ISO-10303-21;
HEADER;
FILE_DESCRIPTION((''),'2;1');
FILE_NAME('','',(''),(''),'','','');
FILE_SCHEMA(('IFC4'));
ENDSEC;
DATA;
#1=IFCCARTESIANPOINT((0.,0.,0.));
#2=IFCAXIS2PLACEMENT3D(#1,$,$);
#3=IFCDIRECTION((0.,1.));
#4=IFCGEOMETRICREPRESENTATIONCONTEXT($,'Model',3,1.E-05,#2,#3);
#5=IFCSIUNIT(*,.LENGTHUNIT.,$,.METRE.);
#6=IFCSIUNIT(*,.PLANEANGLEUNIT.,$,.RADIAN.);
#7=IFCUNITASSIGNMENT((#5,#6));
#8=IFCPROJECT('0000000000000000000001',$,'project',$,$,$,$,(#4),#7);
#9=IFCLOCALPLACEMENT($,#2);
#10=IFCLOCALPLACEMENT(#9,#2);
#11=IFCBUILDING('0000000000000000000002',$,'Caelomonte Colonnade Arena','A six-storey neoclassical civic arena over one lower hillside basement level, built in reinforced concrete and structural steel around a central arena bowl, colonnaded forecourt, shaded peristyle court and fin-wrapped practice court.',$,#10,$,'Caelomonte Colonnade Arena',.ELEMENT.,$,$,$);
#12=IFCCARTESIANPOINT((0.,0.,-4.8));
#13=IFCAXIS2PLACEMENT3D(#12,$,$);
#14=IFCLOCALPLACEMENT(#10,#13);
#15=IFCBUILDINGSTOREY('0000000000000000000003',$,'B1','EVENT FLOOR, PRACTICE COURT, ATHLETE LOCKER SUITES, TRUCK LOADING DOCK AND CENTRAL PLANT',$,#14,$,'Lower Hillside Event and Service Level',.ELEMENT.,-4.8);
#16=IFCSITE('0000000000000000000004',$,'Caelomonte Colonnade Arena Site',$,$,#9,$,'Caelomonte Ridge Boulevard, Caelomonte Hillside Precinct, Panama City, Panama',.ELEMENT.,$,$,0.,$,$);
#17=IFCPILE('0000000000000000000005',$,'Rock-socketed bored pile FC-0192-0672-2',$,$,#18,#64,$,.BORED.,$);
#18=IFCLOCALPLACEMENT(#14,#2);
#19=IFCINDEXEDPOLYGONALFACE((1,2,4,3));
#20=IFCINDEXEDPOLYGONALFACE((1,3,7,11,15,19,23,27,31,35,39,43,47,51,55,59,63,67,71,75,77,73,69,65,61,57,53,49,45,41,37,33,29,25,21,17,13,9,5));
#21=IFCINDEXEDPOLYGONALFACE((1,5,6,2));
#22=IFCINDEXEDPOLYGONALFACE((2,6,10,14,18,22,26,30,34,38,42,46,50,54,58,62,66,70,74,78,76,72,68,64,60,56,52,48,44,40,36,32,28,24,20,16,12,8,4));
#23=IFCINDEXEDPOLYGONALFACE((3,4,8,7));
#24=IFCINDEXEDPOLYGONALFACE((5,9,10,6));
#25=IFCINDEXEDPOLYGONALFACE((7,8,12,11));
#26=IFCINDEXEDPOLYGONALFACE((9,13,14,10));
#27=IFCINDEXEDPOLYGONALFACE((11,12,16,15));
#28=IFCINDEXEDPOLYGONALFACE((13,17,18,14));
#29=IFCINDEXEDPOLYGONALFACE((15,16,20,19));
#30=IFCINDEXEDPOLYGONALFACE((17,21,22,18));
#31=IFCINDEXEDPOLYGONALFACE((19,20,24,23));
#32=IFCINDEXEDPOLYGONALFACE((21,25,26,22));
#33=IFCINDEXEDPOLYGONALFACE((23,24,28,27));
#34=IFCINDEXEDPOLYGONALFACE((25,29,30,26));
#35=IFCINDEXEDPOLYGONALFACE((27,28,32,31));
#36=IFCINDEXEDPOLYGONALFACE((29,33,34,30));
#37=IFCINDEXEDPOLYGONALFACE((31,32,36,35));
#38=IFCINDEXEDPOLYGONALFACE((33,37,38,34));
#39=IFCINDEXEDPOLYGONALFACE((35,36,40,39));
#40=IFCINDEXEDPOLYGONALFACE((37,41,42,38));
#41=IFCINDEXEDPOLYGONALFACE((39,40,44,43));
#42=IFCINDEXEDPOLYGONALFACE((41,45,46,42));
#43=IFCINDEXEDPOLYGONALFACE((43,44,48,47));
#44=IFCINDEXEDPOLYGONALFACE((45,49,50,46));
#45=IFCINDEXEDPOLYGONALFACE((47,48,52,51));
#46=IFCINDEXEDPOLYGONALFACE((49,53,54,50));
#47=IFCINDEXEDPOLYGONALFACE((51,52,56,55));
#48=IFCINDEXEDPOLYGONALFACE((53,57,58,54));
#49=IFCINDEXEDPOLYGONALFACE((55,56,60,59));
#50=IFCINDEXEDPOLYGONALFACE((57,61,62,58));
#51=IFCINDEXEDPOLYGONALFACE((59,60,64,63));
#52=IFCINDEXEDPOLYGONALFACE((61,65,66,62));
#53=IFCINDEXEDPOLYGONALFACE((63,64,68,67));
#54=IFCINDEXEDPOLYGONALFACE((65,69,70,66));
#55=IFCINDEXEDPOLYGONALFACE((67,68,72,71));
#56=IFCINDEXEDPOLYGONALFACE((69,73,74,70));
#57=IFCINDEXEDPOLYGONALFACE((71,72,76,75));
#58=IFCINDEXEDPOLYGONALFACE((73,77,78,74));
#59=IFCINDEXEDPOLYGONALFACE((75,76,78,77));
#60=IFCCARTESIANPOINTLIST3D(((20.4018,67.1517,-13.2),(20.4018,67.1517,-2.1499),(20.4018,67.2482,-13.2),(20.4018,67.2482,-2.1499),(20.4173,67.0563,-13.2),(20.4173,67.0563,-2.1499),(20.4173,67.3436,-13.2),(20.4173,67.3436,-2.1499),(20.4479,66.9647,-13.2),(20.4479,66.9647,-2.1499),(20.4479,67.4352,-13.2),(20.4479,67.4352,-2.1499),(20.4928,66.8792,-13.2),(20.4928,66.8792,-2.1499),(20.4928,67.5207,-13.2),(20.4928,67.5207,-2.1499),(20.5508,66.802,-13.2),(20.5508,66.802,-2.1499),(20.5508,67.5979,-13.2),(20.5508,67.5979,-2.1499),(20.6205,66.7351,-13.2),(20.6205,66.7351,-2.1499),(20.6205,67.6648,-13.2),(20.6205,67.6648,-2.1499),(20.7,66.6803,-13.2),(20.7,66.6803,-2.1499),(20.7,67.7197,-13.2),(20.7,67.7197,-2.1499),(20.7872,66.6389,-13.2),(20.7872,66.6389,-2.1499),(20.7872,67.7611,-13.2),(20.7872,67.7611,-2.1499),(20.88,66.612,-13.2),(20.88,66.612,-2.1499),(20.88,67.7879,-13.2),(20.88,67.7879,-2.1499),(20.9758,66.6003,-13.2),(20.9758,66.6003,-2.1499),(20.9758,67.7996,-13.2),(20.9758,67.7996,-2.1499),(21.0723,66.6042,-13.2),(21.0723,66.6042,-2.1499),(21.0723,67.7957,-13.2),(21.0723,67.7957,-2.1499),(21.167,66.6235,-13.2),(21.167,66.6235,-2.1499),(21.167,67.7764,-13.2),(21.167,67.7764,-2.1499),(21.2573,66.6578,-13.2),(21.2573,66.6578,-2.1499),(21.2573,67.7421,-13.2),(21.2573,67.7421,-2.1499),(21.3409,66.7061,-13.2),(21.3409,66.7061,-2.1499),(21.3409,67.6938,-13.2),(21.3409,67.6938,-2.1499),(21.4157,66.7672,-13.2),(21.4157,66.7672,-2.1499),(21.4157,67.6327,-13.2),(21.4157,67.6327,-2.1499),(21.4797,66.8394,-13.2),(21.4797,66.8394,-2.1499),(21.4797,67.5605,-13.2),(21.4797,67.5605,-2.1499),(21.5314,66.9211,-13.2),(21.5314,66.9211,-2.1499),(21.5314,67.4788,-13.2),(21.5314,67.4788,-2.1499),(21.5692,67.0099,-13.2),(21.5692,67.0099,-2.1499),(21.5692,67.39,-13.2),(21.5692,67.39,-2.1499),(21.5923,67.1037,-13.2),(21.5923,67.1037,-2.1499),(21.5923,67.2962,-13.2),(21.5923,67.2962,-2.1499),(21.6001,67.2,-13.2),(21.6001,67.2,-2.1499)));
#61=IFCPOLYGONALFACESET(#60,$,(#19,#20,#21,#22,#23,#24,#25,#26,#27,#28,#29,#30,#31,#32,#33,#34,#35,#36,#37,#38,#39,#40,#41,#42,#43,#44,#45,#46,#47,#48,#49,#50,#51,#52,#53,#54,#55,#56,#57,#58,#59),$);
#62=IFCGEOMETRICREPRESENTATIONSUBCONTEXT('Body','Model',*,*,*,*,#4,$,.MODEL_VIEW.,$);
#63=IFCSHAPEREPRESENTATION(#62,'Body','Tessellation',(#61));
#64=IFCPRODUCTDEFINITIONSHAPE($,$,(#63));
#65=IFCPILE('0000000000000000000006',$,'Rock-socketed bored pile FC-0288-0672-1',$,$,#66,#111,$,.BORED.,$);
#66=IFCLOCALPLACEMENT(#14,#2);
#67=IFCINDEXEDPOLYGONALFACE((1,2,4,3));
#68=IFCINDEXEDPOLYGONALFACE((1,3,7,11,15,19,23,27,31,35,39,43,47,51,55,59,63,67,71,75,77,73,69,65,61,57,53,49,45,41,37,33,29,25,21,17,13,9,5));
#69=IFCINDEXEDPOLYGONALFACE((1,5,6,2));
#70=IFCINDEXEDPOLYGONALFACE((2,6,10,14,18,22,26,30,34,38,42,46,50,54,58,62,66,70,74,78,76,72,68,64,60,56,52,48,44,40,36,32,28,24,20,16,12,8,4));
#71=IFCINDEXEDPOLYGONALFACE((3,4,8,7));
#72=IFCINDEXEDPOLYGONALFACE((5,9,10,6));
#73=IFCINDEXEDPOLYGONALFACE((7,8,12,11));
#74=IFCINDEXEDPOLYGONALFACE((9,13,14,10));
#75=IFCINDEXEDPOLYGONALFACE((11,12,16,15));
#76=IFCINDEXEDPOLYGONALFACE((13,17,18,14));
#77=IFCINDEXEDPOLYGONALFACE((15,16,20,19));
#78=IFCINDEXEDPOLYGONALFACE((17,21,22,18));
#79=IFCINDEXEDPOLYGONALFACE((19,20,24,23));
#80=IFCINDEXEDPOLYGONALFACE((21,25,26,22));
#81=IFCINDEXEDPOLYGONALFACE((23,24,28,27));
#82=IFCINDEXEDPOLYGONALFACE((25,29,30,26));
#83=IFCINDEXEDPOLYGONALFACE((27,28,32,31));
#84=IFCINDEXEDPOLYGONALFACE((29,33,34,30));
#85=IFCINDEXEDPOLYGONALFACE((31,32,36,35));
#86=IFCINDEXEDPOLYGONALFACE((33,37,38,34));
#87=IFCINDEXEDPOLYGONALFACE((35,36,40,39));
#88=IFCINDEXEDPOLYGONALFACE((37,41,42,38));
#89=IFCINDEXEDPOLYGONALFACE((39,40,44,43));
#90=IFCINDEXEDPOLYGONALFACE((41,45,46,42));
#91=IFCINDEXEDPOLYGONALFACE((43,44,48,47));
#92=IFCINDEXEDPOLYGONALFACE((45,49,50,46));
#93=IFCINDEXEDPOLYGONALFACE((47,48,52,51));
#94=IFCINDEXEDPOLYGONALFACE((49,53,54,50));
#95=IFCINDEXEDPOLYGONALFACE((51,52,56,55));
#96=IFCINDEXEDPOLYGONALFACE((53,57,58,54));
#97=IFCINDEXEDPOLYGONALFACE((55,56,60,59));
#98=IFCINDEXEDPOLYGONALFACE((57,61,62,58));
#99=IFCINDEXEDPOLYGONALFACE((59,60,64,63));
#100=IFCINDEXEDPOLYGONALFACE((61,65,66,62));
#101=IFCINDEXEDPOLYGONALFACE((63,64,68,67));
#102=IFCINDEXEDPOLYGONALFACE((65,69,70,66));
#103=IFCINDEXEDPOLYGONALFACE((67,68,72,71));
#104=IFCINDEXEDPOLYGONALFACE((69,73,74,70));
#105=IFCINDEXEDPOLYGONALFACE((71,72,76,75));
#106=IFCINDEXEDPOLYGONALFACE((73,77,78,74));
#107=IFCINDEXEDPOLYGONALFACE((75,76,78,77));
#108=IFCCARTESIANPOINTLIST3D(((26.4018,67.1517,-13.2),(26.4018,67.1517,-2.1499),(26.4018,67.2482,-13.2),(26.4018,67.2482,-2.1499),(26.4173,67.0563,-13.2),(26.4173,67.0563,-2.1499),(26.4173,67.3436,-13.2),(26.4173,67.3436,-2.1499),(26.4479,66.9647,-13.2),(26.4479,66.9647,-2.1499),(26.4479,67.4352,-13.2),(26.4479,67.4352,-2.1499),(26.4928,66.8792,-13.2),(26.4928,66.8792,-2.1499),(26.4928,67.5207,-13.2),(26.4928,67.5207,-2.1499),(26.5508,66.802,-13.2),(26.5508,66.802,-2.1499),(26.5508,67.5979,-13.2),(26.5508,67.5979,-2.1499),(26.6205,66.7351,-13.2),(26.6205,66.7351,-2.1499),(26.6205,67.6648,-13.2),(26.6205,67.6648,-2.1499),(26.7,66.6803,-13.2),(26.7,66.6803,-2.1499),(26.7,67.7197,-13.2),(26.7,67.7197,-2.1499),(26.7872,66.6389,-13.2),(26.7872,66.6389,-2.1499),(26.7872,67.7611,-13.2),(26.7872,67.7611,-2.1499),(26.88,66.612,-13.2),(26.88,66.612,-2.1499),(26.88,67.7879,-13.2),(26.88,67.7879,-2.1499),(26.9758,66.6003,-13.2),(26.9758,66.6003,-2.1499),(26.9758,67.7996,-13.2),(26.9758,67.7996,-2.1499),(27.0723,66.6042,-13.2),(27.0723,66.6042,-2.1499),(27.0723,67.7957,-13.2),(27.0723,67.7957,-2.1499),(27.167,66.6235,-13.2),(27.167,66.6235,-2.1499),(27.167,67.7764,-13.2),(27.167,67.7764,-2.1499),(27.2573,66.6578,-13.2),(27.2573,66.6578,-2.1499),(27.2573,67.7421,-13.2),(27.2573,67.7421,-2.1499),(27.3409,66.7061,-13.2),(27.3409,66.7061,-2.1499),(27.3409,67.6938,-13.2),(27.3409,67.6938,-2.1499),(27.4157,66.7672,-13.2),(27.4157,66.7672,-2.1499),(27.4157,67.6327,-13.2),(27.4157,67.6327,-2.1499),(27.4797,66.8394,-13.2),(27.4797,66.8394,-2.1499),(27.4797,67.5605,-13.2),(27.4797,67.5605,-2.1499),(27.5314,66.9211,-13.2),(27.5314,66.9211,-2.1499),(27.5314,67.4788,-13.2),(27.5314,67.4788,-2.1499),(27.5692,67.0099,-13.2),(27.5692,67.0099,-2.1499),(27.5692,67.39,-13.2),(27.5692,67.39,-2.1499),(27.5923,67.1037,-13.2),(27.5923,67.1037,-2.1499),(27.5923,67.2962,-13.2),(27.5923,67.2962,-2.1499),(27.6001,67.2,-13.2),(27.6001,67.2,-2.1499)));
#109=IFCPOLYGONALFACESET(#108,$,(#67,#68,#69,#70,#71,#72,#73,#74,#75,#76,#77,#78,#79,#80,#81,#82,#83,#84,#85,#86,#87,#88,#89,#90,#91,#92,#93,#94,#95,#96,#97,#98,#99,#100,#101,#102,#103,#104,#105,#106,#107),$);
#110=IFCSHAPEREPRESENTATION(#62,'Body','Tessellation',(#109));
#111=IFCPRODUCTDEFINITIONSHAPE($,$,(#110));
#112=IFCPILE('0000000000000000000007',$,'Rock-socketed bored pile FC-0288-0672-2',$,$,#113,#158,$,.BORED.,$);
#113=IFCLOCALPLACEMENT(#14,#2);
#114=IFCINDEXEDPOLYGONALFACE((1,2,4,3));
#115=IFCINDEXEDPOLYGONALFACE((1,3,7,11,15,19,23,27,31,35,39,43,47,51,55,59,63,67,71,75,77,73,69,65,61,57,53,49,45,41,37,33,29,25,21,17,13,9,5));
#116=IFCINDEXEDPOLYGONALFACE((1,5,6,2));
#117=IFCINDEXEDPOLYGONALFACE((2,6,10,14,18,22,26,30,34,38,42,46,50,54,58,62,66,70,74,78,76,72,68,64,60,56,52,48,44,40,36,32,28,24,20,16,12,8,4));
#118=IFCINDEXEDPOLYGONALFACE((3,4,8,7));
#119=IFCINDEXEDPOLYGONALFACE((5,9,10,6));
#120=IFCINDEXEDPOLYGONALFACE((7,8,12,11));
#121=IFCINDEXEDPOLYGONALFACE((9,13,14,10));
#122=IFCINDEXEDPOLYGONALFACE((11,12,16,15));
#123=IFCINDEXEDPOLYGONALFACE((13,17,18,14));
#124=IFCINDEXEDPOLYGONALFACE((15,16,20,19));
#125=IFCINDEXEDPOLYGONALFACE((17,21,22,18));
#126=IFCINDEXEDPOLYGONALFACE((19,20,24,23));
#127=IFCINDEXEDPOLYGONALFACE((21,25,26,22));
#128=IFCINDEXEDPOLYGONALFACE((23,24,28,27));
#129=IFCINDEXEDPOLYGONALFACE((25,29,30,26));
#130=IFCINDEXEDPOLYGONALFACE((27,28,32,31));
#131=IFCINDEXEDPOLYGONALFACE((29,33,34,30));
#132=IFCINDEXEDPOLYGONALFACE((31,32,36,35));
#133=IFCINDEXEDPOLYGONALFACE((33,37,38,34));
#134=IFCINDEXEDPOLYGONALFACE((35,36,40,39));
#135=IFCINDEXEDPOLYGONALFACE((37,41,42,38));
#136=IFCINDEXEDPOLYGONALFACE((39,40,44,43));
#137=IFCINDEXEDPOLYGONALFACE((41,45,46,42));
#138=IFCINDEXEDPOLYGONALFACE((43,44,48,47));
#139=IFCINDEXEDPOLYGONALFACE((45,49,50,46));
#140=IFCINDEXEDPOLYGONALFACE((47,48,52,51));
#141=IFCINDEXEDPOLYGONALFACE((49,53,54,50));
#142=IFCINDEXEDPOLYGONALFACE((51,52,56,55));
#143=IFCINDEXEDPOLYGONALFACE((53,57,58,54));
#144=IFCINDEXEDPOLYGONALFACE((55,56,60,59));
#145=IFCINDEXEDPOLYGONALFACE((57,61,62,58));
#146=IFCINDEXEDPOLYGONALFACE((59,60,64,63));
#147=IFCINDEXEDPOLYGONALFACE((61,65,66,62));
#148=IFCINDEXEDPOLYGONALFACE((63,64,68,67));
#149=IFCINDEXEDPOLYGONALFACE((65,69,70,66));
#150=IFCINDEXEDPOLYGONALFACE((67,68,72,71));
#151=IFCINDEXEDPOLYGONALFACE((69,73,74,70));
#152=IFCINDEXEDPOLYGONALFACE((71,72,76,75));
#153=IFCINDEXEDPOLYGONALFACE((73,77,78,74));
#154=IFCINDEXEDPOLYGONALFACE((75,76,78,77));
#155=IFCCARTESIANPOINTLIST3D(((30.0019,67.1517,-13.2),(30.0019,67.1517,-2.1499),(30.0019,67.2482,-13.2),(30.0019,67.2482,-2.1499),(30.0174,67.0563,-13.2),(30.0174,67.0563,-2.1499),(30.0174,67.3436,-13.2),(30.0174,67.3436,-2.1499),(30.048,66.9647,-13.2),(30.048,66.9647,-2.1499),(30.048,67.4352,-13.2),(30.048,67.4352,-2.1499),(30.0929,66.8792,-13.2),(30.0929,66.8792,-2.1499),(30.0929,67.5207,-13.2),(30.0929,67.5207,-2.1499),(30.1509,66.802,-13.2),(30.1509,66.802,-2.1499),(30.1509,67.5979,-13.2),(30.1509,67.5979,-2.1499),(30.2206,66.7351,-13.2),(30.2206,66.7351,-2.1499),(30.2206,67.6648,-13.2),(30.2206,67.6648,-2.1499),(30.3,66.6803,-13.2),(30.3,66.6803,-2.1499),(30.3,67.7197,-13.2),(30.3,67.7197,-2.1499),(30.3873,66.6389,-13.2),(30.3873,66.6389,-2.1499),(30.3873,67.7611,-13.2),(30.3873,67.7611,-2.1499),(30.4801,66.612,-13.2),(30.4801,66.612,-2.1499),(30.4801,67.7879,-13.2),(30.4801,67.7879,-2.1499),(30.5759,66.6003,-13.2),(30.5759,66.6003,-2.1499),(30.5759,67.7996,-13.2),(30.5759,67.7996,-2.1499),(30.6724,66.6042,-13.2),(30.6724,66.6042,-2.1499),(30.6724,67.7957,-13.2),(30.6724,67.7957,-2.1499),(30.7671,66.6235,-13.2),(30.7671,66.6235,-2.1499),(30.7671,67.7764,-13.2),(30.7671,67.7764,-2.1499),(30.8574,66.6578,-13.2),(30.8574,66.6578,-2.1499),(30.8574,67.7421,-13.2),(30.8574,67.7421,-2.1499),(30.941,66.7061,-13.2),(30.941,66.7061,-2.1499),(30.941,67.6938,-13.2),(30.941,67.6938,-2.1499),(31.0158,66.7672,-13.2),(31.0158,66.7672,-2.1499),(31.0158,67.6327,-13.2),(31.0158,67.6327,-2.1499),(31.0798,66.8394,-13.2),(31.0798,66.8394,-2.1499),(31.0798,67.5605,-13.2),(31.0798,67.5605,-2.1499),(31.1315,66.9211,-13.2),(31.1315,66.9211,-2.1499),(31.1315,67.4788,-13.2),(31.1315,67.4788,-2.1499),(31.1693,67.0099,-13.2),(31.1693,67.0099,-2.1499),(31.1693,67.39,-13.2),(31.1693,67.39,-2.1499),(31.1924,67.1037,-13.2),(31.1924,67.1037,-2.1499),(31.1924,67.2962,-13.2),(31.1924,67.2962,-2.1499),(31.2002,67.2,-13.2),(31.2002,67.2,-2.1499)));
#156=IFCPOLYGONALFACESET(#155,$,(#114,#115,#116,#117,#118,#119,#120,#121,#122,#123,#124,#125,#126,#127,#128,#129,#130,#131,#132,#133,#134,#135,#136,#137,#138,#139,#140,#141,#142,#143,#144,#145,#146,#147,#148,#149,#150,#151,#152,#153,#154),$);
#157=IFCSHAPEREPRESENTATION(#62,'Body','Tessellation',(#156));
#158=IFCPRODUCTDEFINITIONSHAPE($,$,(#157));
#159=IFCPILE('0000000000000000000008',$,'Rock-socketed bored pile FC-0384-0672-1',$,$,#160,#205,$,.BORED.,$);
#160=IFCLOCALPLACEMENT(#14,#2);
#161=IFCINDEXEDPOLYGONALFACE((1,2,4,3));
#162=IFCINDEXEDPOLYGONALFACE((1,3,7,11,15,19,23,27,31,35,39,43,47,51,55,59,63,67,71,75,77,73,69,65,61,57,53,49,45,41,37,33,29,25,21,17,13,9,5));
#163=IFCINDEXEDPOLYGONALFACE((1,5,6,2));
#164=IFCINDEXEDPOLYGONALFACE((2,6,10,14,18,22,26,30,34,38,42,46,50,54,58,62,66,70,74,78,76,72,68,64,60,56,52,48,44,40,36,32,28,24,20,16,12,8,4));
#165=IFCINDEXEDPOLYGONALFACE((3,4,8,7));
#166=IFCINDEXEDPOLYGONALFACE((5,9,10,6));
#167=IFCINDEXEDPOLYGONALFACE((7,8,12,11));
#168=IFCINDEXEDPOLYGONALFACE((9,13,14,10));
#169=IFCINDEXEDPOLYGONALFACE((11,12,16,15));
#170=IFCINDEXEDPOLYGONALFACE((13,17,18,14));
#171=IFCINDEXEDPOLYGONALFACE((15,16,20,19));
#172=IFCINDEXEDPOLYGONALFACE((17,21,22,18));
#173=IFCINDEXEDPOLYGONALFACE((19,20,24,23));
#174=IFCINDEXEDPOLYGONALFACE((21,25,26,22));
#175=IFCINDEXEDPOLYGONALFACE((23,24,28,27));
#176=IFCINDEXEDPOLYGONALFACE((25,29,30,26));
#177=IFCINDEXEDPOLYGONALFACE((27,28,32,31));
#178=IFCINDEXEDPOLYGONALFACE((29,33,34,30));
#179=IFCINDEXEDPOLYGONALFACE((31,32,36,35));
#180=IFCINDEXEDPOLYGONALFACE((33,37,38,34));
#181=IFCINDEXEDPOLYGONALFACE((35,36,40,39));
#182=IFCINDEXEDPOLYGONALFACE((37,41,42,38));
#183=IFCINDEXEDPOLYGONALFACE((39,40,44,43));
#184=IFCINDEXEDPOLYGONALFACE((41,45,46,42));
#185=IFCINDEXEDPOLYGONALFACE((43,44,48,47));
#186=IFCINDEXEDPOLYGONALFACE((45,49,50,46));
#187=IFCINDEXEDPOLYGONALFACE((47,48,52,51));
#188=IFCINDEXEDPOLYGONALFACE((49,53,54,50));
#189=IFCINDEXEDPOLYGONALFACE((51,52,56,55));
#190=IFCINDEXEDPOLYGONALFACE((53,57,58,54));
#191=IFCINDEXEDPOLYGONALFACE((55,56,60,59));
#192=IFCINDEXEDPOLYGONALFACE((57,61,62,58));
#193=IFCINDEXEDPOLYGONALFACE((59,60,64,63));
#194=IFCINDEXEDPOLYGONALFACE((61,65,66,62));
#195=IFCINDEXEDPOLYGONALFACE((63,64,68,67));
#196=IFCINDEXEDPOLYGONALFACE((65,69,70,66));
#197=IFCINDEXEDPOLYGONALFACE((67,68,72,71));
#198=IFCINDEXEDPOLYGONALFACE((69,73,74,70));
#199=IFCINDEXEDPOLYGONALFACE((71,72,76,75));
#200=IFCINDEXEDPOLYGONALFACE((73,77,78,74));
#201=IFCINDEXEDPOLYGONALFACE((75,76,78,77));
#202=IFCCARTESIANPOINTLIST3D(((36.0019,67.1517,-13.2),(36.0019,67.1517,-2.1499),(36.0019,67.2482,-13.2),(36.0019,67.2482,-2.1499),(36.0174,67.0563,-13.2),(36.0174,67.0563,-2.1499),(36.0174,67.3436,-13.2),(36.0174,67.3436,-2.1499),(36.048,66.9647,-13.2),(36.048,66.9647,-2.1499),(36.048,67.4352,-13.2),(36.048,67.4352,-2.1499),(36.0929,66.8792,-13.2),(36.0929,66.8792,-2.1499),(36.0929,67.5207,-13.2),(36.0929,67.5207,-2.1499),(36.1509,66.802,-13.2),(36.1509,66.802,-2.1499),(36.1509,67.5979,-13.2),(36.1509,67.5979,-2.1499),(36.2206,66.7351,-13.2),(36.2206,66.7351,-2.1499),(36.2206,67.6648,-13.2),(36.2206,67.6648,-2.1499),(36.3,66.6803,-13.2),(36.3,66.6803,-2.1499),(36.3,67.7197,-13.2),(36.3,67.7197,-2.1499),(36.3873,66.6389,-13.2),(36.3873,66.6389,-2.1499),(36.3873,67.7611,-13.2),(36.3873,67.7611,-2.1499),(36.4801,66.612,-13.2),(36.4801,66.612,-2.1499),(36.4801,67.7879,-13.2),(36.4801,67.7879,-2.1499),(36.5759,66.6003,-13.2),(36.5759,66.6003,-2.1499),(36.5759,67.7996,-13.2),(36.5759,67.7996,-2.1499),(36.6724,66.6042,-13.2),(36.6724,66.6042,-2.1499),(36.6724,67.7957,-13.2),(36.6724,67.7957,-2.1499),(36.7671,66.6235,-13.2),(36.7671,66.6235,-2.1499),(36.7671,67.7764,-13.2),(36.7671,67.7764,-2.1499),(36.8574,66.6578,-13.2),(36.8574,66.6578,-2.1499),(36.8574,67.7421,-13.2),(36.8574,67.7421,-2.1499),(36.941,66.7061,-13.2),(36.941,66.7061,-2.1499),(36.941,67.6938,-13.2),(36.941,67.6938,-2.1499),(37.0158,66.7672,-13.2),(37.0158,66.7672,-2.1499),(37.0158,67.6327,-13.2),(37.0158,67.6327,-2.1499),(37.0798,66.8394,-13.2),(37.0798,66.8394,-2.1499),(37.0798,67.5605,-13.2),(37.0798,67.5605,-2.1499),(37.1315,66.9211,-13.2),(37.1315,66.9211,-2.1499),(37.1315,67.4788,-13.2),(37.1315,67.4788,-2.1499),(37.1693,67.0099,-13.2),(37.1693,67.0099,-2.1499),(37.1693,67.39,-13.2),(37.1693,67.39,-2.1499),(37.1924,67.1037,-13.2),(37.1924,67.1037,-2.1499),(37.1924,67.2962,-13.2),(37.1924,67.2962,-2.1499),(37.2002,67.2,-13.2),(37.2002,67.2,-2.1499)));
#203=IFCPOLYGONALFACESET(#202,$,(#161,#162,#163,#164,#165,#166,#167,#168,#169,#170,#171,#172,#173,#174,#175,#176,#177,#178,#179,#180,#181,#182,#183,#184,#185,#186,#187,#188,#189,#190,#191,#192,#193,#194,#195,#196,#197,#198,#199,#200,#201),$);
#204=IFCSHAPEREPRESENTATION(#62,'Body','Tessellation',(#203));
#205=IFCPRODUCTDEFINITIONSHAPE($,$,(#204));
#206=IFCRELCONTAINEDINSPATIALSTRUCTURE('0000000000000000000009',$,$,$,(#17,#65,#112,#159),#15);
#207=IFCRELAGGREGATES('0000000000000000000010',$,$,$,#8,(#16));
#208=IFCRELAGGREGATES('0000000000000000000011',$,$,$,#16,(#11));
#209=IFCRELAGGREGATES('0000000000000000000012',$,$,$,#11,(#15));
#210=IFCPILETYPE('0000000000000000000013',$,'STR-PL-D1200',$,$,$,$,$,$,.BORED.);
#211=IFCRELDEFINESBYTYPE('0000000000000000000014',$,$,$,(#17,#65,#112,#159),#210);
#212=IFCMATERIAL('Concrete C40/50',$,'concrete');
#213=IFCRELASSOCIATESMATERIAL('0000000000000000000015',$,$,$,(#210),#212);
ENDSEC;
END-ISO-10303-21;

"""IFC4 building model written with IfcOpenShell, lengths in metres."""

from ifc_helpers import new_model, si_unit, direction, frame, origin, origin_2d, place, context, subcontext, project, spatial, circle, extrude, material, material_profile, profile_set, type_object, element, save


model = new_model("IFC4")

# Units and contexts
model_context = context("Model", 3, precision=1e-05, world=origin(), true_north=direction((0.0, 1.0)))
body_context = subcontext(model_context, "Body", "Model", "MODEL_VIEW")
ifc_project = project(units=[si_unit("LENGTHUNIT", "METRE"), si_unit("PLANEANGLEUNIT", "RADIAN")], contexts=[model_context])

# Site, building, storey
site_placement = place(None, origin())
site = spatial("IfcSite", under=ifc_project, at=site_placement, Name="Caelomonte Colonnade Arena Site", LongName="Caelomonte Ridge Boulevard, Caelomonte Hillside Precinct, Panama City, Panama", CompositionType="ELEMENT", RefElevation=0.0)
building_placement = place(site_placement, origin())
building = spatial("IfcBuilding", under=site, at=building_placement, Name="Caelomonte Colonnade Arena", Description="A six-storey neoclassical civic arena over one lower hillside basement level, built in reinforced concrete and structural steel around a central arena bowl, colonnaded forecourt, shaded peristyle court and fin-wrapped practice court.", LongName="Caelomonte Colonnade Arena", CompositionType="ELEMENT")
storey_placement = place(building_placement, frame((0.0, 0.0, -4.8)))
storey = spatial("IfcBuildingStorey", under=building, at=storey_placement, Name="B1", Description="EVENT FLOOR, PRACTICE COURT, ATHLETE LOCKER SUITES, TRUCK LOADING DOCK AND CENTRAL PLANT", LongName="Lower Hillside Event and Service Level", CompositionType="ELEMENT", Elevation=-4.8)

# Shared definitions
ifc_material_1 = material(Name="Concrete C40/50", Category="concrete")

# Piles
ifc_material_profile_1 = material_profile(ifc_material_1, circle(Radius=0.6001, at=origin_2d()), Name="PILE-D1200")
ifc_profile_set_1 = profile_set([ifc_material_profile_1], Name="Concrete C40/50")
pile_type_1 = type_object("IfcPileType", Name="STR-PL-D1200", PredefinedType="BORED", material=ifc_profile_set_1)
for number, where, z_axis, x_axis, name in (
    (1, (21.0, 67.2, -2.1499), (0.0, 0.0, -1.0), (1.0, 0.0, 0.0), "Rock-socketed bored pile FC-0192-0672-2"),
    (2, (27.0, 67.2, -2.1499), (0.0, 0.0, -1.0), (1.0, 0.0, 0.0), "Rock-socketed bored pile FC-0288-0672-1"),
    (3, (30.6001, 67.2, -2.1499), (0.0, 0.0, -1.0), (1.0, 0.0, 0.0), "Rock-socketed bored pile FC-0288-0672-2"),
    (4, (36.6001, 67.2, -2.1499), (0.0, 0.0, -1.0), (1.0, 0.0, 0.0), "Rock-socketed bored pile FC-0384-0672-1"),
):
    element("IfcPile", number, at=place(storey_placement, frame(where, z_axis=z_axis, x_axis=x_axis)), inside=storey, type_object=pile_type_1, Name=name, PredefinedType="BORED", context=body_context, shape_type="SweptSolid", body=[
        extrude(circle(Radius=0.6001, at=origin_2d()), origin(), (0.0, 0.0, 1.0), 11.05),
    ])

save(model, "model.ifc")
